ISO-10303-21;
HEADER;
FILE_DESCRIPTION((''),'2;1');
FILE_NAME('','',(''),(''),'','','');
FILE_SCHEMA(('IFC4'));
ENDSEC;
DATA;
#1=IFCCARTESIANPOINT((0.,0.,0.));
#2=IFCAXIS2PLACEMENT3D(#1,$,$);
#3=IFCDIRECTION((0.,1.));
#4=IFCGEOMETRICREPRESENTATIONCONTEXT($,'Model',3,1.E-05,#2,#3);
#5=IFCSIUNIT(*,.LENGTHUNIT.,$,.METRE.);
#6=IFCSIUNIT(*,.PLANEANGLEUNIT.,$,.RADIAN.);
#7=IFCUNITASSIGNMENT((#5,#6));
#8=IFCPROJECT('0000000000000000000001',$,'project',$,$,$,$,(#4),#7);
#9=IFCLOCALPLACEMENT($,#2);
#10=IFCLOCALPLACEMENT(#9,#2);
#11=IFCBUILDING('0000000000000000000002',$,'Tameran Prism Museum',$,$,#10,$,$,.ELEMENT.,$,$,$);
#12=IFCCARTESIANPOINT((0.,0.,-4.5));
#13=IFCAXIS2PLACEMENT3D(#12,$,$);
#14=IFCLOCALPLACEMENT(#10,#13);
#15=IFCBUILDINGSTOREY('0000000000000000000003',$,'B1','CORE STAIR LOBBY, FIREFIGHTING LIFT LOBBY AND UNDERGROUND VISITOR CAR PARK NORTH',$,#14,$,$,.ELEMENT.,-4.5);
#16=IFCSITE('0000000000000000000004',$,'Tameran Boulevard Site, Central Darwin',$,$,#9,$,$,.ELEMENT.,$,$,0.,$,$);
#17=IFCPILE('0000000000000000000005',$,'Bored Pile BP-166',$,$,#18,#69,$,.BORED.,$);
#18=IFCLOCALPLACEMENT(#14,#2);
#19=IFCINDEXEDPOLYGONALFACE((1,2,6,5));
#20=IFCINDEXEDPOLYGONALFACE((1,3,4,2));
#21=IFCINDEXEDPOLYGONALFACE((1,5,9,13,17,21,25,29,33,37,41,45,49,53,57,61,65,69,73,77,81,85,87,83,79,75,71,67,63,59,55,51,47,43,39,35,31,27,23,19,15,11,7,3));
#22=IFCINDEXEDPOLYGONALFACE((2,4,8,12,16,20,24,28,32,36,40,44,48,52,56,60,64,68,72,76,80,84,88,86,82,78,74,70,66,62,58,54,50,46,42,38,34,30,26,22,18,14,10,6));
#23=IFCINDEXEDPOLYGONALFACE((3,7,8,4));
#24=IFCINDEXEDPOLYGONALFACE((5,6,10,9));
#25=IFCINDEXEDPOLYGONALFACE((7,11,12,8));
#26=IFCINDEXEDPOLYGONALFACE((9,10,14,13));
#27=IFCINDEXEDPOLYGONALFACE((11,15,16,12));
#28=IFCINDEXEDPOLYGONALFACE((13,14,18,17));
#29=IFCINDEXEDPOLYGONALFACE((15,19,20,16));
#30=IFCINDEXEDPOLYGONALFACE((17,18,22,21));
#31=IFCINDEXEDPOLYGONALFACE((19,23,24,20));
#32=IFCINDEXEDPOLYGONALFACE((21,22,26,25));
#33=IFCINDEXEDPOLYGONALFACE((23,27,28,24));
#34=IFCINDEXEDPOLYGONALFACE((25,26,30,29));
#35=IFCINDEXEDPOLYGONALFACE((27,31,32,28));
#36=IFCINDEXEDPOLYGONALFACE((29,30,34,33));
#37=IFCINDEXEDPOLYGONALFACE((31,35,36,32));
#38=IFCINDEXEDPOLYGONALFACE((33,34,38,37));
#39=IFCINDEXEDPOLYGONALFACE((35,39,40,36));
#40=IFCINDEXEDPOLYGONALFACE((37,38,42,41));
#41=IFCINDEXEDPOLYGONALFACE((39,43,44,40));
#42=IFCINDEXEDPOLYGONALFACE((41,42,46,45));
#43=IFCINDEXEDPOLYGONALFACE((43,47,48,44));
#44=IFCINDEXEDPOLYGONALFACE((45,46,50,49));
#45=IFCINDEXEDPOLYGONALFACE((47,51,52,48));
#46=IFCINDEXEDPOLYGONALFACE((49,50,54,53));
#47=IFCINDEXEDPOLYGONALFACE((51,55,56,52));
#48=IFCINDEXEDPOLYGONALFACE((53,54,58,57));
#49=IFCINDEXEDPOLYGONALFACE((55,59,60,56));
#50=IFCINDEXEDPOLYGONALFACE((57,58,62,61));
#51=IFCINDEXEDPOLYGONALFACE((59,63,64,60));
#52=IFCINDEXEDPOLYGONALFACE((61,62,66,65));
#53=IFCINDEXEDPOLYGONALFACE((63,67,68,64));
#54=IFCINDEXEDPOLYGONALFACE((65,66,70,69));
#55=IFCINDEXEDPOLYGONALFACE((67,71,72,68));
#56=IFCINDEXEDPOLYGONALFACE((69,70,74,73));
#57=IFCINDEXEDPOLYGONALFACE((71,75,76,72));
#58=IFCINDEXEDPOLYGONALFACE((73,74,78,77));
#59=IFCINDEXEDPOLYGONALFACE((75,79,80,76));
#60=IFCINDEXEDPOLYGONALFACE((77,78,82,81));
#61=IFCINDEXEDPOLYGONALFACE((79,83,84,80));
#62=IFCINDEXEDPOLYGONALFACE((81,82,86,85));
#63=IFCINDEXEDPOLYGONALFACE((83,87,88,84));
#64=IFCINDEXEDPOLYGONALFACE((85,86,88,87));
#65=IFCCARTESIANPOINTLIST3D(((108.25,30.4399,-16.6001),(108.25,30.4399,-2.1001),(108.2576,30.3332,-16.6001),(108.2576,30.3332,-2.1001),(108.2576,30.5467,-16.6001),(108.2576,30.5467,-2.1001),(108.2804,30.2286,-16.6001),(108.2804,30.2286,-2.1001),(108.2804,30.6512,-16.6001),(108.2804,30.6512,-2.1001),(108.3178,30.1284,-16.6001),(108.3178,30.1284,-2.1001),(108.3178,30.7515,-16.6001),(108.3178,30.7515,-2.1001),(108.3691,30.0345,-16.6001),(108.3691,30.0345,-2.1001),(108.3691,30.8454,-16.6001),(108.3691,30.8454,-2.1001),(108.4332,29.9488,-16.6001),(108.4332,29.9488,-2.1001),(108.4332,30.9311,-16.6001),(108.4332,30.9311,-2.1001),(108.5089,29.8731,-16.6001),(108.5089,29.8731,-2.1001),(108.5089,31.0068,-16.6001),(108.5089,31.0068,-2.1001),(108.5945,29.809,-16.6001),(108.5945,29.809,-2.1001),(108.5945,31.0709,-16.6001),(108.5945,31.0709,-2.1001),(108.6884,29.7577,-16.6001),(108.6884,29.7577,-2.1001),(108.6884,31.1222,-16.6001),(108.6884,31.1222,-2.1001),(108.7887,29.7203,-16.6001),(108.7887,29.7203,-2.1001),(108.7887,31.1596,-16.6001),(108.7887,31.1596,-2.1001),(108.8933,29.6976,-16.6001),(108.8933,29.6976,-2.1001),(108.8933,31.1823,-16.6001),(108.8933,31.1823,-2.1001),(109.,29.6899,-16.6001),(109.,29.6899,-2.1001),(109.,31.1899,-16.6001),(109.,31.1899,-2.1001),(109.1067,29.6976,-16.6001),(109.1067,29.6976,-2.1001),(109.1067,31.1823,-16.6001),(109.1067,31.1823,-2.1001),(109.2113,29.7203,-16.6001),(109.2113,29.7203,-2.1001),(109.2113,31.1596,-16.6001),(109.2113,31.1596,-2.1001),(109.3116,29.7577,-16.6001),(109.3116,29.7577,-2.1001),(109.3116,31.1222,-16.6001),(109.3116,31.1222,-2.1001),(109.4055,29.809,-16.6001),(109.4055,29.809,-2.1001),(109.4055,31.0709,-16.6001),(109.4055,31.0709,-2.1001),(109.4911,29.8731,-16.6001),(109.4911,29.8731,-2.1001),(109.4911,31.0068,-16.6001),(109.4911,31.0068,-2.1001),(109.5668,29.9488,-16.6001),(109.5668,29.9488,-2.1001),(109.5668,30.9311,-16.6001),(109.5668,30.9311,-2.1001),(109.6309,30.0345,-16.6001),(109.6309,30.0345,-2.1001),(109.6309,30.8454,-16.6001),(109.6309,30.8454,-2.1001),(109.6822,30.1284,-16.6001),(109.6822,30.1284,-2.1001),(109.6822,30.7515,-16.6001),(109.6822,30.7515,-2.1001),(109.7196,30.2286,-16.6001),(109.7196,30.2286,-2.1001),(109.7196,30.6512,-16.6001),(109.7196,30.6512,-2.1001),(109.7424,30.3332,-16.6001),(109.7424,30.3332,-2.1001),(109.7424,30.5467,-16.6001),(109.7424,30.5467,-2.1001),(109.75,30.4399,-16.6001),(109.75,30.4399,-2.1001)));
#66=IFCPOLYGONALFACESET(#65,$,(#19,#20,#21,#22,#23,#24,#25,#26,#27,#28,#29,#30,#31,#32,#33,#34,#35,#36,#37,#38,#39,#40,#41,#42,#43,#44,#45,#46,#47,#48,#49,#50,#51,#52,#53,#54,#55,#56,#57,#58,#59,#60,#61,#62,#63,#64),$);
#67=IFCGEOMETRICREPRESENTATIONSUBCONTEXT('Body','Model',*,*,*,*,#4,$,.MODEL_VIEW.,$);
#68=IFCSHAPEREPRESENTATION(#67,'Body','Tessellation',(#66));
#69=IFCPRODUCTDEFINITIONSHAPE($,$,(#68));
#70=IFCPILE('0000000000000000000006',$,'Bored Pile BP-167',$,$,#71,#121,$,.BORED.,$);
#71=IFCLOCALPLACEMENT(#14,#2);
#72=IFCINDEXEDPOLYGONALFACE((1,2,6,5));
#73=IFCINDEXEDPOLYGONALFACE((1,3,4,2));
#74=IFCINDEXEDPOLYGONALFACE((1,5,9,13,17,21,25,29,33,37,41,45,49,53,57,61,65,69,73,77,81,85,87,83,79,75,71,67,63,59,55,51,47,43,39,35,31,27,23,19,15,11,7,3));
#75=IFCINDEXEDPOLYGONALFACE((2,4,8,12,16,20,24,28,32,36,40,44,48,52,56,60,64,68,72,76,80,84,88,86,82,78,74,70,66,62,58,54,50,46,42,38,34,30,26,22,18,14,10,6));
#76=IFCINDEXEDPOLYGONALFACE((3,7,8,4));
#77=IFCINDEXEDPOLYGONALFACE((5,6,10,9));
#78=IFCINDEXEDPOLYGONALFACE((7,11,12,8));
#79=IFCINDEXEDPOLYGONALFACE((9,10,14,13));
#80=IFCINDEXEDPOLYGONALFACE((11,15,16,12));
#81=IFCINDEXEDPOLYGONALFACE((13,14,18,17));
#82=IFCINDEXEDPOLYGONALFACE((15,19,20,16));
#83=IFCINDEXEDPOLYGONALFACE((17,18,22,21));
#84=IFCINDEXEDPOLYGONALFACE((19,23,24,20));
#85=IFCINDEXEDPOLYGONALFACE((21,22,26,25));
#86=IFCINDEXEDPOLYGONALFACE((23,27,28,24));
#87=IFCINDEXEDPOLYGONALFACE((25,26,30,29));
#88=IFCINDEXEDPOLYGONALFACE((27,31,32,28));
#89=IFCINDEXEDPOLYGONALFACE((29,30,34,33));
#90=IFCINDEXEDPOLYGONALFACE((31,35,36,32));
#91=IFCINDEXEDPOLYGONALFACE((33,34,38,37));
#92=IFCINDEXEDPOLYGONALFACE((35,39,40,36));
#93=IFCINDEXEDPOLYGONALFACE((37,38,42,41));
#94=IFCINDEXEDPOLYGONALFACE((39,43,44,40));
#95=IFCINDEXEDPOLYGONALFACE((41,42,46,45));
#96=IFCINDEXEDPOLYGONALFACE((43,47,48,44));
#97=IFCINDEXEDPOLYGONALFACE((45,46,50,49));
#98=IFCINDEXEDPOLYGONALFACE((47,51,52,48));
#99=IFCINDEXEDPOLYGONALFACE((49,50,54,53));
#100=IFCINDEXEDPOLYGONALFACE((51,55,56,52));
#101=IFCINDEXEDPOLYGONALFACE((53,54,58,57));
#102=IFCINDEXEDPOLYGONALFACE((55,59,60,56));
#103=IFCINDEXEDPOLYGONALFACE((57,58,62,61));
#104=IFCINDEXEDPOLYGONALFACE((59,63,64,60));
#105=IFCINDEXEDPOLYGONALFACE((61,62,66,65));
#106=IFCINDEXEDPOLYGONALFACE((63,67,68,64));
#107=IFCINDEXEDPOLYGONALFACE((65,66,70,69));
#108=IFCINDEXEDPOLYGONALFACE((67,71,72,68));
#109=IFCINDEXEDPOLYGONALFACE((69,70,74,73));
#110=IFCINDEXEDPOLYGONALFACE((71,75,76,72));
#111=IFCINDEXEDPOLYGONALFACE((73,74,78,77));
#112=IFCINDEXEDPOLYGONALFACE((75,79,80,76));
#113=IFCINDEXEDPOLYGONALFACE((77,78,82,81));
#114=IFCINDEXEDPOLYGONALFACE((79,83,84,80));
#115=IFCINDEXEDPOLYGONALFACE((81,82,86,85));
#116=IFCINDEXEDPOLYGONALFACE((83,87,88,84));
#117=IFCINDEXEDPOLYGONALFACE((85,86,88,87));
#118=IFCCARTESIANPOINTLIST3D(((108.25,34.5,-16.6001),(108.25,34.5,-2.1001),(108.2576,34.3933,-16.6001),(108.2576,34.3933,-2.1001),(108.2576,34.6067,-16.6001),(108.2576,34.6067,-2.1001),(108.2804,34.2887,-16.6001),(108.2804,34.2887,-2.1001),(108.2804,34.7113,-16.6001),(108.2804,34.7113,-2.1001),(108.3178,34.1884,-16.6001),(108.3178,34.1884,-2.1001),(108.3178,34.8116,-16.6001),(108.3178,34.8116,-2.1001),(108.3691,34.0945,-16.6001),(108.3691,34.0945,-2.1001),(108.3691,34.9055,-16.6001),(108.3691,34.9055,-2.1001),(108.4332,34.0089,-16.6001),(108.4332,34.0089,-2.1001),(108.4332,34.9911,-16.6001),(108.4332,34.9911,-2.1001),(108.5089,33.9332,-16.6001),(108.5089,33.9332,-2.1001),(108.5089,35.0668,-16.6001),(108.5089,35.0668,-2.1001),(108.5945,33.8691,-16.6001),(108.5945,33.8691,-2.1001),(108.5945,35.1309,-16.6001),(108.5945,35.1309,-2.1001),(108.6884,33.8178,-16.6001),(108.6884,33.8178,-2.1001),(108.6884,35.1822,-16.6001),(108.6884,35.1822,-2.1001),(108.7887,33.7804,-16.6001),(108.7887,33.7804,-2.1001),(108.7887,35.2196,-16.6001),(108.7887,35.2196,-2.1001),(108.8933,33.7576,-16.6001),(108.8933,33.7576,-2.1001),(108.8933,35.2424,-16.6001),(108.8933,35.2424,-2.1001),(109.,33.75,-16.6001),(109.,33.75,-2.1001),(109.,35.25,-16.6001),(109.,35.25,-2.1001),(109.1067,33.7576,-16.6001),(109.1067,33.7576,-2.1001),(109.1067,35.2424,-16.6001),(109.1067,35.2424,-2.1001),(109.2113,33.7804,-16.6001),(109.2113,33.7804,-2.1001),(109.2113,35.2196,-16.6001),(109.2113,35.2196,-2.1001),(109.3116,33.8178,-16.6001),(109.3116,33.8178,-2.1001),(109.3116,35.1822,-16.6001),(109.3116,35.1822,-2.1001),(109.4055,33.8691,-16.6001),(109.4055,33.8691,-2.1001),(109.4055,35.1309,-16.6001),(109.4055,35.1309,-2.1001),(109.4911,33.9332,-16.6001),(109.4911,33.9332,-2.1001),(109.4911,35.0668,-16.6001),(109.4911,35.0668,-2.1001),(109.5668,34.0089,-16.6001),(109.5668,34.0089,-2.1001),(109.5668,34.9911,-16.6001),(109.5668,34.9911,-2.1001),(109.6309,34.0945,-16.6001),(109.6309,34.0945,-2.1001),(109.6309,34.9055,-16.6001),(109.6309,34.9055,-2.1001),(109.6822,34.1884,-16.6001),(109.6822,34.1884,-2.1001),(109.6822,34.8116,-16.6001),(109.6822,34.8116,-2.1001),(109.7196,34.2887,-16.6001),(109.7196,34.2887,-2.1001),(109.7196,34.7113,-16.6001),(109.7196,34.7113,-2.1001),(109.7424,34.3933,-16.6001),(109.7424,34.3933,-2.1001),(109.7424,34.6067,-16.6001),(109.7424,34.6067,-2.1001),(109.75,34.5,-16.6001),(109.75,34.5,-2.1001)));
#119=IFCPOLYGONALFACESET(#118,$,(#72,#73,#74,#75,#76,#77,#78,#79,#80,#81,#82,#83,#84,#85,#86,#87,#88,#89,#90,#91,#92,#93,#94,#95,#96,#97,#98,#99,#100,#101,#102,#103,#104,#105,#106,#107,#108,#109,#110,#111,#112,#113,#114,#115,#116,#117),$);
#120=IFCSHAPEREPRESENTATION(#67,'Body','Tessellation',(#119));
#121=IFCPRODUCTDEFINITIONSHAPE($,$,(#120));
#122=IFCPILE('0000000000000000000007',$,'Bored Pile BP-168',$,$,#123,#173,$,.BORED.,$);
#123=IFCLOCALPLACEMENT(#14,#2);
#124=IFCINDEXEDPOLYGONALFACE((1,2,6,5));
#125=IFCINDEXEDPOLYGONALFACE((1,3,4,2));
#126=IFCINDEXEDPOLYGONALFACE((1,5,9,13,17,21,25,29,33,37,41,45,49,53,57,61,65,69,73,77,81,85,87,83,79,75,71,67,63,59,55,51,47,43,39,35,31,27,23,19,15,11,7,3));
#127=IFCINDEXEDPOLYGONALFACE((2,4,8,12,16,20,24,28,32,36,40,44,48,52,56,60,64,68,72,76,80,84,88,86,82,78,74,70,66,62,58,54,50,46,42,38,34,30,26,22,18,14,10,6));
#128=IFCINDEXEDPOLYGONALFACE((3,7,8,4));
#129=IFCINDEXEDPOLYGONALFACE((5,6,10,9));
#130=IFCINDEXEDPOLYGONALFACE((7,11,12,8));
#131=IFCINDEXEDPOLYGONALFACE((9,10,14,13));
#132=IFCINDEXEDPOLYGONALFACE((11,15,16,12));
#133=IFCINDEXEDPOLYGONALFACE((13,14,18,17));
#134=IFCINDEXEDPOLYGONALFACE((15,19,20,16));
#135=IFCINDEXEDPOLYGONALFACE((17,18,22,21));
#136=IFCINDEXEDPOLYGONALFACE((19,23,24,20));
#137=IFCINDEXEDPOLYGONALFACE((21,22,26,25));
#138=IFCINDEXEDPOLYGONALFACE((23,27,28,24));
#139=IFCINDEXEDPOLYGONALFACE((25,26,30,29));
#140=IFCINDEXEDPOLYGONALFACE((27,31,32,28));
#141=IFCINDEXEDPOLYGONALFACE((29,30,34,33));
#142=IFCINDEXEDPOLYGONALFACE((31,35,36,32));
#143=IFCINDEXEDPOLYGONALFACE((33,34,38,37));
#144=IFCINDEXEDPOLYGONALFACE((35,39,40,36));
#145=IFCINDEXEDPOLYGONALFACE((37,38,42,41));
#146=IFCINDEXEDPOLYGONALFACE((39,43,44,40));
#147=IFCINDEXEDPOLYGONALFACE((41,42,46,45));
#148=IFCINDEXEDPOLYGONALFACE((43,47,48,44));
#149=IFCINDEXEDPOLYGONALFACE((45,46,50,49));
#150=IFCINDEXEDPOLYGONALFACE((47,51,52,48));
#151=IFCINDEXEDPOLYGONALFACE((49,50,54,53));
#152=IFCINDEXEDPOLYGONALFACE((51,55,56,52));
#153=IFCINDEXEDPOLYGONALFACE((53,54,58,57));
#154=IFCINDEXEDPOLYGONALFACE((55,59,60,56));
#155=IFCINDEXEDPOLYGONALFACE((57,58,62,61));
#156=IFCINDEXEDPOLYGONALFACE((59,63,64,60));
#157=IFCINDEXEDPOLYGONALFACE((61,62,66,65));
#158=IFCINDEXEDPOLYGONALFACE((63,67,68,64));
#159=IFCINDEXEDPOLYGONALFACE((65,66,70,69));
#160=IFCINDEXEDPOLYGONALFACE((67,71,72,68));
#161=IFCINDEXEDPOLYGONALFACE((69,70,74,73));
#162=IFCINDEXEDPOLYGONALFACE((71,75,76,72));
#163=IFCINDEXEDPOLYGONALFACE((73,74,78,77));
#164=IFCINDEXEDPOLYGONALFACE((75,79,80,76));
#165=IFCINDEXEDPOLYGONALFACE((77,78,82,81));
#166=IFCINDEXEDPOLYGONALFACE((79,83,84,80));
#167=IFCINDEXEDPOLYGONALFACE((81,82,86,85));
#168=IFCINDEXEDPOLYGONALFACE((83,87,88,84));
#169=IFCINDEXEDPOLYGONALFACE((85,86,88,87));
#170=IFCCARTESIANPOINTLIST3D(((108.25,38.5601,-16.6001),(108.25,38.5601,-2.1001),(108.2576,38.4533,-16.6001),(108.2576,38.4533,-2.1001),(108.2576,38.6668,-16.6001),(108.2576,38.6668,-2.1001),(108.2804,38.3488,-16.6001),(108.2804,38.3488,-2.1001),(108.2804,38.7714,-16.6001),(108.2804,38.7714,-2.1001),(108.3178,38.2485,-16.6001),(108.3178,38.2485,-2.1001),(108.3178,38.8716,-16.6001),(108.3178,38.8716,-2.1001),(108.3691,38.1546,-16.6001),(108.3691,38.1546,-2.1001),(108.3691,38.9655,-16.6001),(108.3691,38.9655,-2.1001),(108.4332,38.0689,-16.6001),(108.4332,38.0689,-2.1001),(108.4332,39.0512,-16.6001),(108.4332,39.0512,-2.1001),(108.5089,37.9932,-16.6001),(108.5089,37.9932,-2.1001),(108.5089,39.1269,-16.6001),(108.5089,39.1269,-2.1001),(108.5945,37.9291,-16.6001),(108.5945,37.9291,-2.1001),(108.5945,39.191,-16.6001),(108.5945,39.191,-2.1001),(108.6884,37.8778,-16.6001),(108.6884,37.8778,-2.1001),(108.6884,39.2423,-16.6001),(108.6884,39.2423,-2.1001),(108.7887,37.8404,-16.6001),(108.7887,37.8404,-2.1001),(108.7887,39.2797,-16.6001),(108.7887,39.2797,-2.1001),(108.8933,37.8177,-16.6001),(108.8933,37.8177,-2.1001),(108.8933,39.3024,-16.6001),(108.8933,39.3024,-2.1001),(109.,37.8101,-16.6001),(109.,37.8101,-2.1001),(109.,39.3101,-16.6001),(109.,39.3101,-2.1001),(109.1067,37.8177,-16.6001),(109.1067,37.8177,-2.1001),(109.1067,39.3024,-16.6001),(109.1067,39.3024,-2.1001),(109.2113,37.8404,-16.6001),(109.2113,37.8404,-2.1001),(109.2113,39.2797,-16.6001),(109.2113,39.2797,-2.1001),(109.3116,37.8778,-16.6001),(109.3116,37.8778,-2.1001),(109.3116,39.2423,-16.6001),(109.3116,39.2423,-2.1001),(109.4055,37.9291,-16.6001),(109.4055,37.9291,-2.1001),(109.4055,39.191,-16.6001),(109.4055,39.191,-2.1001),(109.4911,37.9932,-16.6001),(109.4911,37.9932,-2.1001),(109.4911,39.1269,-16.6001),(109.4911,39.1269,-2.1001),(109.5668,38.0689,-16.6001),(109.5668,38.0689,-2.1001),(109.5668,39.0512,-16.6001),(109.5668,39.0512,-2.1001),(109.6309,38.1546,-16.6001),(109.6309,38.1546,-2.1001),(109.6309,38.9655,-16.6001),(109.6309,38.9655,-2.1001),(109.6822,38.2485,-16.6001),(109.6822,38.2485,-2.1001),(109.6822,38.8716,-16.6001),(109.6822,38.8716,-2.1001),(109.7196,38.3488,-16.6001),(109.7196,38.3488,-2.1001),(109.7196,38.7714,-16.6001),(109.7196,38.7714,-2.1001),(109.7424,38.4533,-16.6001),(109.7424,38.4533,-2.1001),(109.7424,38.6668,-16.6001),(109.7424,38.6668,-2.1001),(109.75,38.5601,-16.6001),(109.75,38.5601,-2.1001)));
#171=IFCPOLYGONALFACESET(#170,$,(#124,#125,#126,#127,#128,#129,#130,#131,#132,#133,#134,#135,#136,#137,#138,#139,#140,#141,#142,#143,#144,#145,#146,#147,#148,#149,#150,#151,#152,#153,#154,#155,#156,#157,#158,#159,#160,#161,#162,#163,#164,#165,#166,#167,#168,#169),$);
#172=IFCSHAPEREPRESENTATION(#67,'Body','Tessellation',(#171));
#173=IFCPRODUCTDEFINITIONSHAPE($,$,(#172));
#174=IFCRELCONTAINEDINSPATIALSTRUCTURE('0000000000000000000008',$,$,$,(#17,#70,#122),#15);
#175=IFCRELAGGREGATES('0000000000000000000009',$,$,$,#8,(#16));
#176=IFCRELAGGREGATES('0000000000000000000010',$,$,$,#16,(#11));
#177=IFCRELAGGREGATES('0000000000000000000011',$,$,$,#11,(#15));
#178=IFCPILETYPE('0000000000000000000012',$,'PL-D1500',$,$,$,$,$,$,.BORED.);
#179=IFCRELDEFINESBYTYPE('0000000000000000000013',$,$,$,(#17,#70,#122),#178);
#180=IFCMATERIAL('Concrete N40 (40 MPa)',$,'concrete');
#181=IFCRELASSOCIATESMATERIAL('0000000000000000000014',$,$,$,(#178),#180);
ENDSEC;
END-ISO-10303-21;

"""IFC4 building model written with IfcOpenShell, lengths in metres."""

from ifc_helpers import new_model, si_unit, direction, frame, origin, origin_2d, place, context, subcontext, project, spatial, circle, extrude, material, material_profile, profile_set, type_object, element, save


model = new_model("IFC4")

# Units and contexts
model_context = context("Model", 3, precision=1e-05, world=origin(), true_north=direction((0.0, 1.0)))
body_context = subcontext(model_context, "Body", "Model", "MODEL_VIEW")
ifc_project = project(units=[si_unit("LENGTHUNIT", "METRE"), si_unit("PLANEANGLEUNIT", "RADIAN")], contexts=[model_context])

# Site, building, storey
site_placement = place(None, origin())
site = spatial("IfcSite", under=ifc_project, at=site_placement, Name="Tameran Boulevard Site, Central Darwin", CompositionType="ELEMENT", RefElevation=0.0)
building_placement = place(site_placement, origin())
building = spatial("IfcBuilding", under=site, at=building_placement, Name="Tameran Prism Museum", CompositionType="ELEMENT")
storey_placement = place(building_placement, frame((0.0, 0.0, -4.5)))
storey = spatial("IfcBuildingStorey", under=building, at=storey_placement, Name="B1", Description="CORE STAIR LOBBY, FIREFIGHTING LIFT LOBBY AND UNDERGROUND VISITOR CAR PARK NORTH", CompositionType="ELEMENT", Elevation=-4.5)

# Piles
ifc_material_1 = material(Name="Concrete N40 (40 MPa)", Category="concrete")
ifc_material_profile_1 = material_profile(ifc_material_1, circle(Radius=0.75, at=origin_2d()))
ifc_profile_set_1 = profile_set([ifc_material_profile_1])
pile_type_1 = type_object("IfcPileType", Name="PL-D1500", PredefinedType="BORED", material=ifc_profile_set_1)
for number, where, z_axis, x_axis, name in (
    (1, (109.0, 30.4399, -2.1001), (0.0, 0.0, -1.0), (1.0, 0.0, 0.0), "Bored Pile BP-166"),
    (2, (109.0, 34.5, -2.1001), (0.0, 0.0, -1.0), (1.0, 0.0, 0.0), "Bored Pile BP-167"),
    (3, (109.0, 38.5601, -2.1001), (0.0, 0.0, -1.0), (1.0, 0.0, 0.0), "Bored Pile BP-168"),
):
    element("IfcPile", number, at=place(storey_placement, frame(where, z_axis=z_axis, x_axis=x_axis)), inside=storey, type_object=pile_type_1, Name=name, PredefinedType="BORED", context=body_context, shape_type="SweptSolid", body=[
        extrude(circle(Radius=0.75, at=origin_2d()), origin(), (0.0, 0.0, 1.0), 14.5),
    ])

save(model, "model.ifc")
